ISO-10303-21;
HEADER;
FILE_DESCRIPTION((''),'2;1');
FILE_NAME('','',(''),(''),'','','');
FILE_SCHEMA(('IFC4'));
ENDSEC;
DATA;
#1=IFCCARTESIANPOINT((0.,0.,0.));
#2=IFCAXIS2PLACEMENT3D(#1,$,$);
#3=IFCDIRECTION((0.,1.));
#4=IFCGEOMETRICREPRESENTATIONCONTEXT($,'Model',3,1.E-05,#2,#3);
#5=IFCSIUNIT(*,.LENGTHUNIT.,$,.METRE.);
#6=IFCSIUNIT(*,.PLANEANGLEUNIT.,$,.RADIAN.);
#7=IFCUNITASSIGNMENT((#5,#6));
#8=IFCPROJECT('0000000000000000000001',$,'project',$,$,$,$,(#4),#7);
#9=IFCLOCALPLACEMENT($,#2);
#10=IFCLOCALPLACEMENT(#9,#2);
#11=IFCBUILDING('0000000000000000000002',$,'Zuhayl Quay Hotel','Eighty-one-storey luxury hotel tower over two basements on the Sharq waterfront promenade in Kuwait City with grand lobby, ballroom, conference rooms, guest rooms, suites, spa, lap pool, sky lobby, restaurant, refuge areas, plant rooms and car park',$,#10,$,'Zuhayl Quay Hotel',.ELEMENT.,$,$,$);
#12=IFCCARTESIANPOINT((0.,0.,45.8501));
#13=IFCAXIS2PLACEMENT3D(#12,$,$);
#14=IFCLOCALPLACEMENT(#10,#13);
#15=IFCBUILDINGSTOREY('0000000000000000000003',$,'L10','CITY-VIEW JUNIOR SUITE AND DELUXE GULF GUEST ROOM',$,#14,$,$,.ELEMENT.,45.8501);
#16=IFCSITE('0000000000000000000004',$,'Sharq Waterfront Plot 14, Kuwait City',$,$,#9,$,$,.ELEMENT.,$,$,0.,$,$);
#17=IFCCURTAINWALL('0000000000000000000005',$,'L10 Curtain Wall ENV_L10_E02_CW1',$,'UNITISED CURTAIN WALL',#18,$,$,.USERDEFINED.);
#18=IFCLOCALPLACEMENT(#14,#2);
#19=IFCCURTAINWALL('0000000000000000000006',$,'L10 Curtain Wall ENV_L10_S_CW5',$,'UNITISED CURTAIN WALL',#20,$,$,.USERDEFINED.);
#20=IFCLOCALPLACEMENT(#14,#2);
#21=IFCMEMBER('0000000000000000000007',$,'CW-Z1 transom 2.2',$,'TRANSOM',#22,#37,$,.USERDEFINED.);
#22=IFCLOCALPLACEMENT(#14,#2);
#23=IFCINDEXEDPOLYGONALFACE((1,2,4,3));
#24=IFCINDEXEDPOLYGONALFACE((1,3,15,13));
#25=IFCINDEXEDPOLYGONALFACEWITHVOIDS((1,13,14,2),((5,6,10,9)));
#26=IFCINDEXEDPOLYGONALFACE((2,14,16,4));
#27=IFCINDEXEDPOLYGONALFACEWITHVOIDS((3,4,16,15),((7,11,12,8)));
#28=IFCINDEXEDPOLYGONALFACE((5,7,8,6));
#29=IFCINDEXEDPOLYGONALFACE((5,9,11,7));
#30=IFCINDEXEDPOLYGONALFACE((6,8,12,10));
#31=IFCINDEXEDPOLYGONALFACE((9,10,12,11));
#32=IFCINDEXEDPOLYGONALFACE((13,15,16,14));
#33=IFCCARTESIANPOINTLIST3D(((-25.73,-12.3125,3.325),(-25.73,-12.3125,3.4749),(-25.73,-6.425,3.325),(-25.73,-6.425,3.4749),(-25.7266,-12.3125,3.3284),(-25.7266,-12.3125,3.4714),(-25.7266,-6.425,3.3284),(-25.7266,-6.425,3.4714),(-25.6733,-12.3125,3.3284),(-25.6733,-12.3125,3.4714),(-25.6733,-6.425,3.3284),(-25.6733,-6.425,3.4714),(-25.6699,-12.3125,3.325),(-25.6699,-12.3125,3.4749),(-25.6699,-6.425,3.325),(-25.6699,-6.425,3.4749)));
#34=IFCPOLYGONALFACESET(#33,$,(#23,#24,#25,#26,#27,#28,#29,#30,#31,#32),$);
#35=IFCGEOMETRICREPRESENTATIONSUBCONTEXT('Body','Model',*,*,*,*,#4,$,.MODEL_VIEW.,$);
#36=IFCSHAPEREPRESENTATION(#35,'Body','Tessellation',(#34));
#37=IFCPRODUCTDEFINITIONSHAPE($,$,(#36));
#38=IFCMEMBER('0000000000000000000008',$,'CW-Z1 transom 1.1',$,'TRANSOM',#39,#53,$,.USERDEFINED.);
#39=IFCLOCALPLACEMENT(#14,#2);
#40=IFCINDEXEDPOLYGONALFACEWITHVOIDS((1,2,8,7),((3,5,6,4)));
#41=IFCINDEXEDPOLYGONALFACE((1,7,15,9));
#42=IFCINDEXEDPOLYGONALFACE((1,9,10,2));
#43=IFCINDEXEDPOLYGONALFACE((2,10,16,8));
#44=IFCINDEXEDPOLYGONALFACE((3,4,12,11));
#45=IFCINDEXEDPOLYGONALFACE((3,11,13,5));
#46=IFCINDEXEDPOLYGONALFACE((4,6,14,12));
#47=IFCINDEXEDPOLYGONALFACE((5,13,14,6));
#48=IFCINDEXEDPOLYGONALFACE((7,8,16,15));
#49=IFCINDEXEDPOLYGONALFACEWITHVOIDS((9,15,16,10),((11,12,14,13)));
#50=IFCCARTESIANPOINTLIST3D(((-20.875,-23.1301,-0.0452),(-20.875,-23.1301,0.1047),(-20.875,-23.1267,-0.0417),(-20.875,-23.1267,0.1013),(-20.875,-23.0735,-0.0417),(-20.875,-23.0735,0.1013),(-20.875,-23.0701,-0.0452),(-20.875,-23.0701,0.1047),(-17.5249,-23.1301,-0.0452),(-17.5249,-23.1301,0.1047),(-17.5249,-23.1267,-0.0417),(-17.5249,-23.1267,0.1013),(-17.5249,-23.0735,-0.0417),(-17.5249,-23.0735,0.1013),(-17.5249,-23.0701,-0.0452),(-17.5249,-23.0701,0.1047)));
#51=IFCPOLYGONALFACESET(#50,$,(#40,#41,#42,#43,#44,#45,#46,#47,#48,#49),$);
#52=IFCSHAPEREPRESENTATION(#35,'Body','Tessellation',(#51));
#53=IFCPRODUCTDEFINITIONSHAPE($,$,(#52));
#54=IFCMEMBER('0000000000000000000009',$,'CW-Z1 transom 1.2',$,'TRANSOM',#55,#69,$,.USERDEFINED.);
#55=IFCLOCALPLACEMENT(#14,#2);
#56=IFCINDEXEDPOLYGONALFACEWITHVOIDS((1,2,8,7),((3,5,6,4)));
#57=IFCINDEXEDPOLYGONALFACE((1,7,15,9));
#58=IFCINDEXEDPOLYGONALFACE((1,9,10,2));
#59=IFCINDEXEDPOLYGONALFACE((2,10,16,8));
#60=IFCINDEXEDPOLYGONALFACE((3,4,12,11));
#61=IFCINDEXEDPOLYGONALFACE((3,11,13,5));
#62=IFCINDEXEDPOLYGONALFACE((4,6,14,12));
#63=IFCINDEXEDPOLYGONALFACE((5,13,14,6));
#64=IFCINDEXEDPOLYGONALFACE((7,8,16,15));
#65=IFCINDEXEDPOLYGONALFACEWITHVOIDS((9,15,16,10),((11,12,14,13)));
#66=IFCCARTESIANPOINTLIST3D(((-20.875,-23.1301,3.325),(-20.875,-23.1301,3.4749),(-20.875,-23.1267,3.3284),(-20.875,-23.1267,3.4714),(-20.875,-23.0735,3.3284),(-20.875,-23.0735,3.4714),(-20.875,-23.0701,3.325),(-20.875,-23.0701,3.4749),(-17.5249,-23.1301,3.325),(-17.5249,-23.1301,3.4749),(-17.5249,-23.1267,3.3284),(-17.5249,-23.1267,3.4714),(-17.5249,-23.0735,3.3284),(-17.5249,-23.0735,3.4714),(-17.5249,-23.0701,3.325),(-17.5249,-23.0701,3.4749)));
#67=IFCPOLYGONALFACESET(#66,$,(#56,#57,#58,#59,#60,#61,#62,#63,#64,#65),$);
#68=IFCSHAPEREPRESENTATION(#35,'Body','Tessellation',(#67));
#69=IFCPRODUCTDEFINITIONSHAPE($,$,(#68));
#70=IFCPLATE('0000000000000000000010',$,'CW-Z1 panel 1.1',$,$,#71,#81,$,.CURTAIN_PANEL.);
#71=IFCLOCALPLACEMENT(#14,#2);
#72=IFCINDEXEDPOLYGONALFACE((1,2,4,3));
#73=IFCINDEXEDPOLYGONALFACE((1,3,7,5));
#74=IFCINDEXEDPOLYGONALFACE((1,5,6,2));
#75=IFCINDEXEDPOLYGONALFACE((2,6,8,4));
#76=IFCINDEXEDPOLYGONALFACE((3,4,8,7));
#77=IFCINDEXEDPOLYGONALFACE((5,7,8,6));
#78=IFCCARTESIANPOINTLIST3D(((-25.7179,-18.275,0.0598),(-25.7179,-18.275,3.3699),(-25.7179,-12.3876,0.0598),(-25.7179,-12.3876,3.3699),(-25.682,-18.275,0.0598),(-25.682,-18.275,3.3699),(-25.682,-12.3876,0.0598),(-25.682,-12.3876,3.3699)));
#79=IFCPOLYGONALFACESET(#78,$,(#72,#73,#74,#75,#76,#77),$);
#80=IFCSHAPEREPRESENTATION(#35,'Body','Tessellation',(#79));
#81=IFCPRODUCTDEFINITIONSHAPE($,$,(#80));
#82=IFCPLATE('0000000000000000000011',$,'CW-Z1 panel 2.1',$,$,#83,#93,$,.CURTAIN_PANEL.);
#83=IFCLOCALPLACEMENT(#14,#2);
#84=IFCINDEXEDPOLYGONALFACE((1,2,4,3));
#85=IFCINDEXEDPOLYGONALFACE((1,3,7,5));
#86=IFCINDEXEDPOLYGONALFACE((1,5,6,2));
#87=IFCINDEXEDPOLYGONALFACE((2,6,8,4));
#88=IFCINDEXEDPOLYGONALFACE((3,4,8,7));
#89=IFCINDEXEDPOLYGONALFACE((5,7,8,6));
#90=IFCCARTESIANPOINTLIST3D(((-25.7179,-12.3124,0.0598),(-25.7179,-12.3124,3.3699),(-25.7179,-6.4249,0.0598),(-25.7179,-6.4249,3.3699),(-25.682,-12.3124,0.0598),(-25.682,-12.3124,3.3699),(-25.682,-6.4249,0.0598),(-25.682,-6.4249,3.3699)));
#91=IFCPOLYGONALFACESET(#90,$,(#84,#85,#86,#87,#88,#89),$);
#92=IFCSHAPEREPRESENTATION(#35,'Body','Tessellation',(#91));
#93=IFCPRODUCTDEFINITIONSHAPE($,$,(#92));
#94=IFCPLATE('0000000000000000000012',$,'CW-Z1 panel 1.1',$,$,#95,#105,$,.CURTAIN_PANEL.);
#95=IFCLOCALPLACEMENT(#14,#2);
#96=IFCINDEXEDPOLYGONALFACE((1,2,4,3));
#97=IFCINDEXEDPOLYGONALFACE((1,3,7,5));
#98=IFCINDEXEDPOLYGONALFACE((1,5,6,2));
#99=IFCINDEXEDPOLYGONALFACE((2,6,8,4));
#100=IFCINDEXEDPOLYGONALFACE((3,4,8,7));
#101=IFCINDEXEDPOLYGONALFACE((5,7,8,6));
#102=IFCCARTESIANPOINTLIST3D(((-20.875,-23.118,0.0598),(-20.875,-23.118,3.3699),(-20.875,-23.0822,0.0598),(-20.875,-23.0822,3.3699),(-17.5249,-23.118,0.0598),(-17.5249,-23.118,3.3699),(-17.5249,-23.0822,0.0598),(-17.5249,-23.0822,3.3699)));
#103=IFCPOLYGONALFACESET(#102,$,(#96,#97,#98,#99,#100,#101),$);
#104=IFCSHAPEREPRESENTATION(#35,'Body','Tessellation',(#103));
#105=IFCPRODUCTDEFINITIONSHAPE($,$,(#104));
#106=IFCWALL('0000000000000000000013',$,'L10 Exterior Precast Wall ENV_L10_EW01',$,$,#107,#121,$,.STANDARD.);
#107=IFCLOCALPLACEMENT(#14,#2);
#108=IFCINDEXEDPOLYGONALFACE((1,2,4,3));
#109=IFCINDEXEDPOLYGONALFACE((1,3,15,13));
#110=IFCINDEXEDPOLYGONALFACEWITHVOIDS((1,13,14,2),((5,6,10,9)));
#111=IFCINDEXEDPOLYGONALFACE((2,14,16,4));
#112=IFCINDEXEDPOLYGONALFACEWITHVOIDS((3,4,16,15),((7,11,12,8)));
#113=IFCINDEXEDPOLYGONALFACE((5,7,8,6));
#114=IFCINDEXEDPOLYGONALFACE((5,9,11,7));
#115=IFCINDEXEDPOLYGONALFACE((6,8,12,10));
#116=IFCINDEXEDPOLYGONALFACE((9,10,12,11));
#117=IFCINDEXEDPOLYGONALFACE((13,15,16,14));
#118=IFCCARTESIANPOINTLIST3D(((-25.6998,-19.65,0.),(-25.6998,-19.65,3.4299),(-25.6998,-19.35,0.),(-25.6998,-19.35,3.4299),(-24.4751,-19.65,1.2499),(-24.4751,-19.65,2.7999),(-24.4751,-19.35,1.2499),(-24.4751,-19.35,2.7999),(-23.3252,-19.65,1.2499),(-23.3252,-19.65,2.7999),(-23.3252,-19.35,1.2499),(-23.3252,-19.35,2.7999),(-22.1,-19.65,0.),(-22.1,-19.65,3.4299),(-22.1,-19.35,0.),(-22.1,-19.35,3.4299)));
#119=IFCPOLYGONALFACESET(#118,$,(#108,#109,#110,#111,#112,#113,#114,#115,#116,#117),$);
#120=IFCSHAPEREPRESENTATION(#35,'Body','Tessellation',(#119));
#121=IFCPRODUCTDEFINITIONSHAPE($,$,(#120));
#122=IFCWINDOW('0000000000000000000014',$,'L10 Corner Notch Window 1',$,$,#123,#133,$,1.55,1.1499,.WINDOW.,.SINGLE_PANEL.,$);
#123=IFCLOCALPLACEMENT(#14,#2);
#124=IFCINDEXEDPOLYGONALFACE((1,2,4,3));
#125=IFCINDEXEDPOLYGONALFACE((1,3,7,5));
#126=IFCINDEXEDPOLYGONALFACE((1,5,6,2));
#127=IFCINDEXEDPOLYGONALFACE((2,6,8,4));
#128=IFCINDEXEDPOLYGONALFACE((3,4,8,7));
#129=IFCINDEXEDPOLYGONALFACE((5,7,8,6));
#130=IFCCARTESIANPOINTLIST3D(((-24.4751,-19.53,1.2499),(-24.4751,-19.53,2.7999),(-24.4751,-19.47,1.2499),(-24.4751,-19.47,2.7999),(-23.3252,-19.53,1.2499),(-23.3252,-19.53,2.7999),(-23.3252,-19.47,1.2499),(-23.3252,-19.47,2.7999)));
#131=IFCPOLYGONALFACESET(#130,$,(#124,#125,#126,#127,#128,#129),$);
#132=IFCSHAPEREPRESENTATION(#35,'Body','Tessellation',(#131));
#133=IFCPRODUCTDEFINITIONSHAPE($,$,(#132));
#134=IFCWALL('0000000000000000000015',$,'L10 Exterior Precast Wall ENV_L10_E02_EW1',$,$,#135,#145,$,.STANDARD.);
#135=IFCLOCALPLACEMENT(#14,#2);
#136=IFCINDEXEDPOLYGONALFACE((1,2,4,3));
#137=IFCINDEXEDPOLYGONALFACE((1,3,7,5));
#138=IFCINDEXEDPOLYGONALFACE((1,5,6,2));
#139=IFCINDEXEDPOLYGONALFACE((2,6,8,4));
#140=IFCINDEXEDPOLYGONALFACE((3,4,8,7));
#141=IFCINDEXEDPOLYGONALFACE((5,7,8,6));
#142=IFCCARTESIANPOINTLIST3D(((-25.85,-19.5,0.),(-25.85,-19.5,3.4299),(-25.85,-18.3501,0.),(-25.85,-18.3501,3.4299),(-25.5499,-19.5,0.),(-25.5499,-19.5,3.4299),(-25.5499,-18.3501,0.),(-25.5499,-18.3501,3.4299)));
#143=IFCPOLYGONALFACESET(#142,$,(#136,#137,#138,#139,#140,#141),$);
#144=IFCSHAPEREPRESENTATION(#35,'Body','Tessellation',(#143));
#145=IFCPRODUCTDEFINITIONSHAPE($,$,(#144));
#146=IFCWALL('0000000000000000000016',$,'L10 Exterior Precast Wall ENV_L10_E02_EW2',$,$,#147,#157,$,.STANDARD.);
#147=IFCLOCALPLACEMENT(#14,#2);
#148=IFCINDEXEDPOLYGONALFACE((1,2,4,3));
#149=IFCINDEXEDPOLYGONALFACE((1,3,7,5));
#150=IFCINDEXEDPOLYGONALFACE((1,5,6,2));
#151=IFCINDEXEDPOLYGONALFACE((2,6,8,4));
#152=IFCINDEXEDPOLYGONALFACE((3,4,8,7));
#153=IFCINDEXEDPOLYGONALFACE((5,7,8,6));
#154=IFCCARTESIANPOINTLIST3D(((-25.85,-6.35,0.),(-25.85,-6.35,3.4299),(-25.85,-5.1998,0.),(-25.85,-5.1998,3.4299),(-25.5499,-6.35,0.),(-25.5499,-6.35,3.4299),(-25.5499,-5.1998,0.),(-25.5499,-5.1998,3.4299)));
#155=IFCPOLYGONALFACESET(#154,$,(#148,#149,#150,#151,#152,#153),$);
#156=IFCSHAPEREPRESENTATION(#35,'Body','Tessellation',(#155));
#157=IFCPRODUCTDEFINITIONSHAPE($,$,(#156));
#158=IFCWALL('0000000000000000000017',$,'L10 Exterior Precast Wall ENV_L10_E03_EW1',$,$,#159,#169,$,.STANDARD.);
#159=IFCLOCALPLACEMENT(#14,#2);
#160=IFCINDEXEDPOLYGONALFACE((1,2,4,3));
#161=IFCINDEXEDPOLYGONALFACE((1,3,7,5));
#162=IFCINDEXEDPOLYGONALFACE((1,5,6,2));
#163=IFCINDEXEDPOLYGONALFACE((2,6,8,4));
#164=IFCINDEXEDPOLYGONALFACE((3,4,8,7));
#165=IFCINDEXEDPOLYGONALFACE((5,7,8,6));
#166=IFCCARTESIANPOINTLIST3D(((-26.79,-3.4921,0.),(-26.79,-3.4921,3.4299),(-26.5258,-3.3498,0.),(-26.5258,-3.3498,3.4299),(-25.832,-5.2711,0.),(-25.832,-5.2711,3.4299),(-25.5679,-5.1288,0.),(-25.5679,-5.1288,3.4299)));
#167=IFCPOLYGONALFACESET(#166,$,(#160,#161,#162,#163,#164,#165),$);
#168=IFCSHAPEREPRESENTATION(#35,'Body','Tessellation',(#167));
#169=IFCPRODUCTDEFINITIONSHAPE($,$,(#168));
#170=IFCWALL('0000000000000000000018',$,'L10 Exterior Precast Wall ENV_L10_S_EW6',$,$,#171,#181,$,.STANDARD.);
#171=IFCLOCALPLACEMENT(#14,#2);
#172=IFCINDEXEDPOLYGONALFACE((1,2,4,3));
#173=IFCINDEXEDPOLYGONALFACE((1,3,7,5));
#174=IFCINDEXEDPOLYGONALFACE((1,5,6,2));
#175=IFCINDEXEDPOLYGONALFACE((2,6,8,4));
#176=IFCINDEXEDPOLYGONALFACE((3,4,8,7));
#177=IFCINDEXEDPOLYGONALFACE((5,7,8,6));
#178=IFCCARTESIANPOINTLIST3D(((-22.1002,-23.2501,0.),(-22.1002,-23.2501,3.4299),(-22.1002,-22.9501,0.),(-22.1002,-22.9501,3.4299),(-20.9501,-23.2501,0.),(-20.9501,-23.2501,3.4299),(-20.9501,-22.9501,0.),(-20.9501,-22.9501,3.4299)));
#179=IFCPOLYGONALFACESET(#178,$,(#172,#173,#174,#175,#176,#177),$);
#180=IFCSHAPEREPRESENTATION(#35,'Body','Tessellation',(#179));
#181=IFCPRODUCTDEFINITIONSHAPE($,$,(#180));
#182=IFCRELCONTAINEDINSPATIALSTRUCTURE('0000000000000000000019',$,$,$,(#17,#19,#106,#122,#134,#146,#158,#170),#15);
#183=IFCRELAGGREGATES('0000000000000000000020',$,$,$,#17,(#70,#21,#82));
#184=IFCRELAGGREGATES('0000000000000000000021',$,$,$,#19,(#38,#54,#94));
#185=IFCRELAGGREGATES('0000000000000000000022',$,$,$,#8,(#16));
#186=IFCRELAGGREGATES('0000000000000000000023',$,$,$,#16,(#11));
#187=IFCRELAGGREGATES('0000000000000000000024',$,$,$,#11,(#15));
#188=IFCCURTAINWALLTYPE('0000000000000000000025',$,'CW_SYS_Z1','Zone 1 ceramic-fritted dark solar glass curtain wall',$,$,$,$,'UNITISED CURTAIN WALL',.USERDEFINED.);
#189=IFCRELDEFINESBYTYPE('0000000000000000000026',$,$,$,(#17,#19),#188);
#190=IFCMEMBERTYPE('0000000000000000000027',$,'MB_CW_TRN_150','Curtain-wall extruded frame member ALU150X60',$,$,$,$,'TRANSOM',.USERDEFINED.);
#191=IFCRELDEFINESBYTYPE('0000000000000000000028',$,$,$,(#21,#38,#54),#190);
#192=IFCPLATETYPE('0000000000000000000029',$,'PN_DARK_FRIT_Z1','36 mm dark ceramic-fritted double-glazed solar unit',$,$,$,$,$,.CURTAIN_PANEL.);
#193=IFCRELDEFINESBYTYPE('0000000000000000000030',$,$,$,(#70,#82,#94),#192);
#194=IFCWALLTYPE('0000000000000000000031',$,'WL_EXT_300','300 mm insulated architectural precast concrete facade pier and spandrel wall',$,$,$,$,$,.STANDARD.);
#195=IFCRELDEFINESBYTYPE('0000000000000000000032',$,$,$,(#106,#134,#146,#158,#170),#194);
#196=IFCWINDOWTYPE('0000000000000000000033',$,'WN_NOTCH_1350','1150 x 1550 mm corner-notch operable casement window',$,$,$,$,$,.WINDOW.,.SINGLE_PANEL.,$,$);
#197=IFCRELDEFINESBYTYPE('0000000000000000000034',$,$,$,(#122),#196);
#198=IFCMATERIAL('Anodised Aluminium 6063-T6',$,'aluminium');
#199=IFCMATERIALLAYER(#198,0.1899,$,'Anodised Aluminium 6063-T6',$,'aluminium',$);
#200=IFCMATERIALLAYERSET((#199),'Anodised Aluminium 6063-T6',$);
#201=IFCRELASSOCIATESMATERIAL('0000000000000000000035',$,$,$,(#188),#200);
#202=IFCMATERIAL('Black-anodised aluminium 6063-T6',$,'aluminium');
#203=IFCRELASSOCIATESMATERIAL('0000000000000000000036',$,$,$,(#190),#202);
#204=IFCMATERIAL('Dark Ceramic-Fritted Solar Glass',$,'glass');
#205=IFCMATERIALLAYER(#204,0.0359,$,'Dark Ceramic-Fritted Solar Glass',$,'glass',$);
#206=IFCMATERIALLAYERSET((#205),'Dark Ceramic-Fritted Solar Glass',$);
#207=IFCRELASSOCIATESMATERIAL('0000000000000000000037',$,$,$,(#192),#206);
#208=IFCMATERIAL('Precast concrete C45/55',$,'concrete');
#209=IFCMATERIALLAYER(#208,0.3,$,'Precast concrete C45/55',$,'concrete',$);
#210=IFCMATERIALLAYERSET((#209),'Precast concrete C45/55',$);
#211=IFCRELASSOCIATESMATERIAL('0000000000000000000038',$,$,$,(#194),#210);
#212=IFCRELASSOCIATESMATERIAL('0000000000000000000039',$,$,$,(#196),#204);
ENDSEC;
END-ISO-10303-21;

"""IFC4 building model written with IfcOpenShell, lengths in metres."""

from ifc_helpers import new_model, si_unit, direction, frame, frame_2d, origin, origin_2d, place, context, subcontext, project, spatial, rectangle, hollow_rectangle, extrude, material, layer, layer_set, material_profile, profile_set, type_object, element, fill, aggregate, save


model = new_model("IFC4")

# Units and contexts
model_context = context("Model", 3, precision=1e-05, world=origin(), true_north=direction((0.0, 1.0)))
body_context = subcontext(model_context, "Body", "Model", "MODEL_VIEW")
ifc_project = project(units=[si_unit("LENGTHUNIT", "METRE"), si_unit("PLANEANGLEUNIT", "RADIAN")], contexts=[model_context])

# Site, building, storey
site_placement = place(None, origin())
site = spatial("IfcSite", under=ifc_project, at=site_placement, Name="Sharq Waterfront Plot 14, Kuwait City", CompositionType="ELEMENT", RefElevation=0.0)
building_placement = place(site_placement, origin())
building = spatial("IfcBuilding", under=site, at=building_placement, Name="Zuhayl Quay Hotel", Description="Eighty-one-storey luxury hotel tower over two basements on the Sharq waterfront promenade in Kuwait City with grand lobby, ballroom, conference rooms, guest rooms, suites, spa, lap pool, sky lobby, restaurant, refuge areas, plant rooms and car park", LongName="Zuhayl Quay Hotel", CompositionType="ELEMENT")
storey_placement = place(building_placement, frame((0.0, 0.0, 45.8501)))
storey = spatial("IfcBuildingStorey", under=building, at=storey_placement, Name="L10", Description="CITY-VIEW JUNIOR SUITE AND DELUXE GULF GUEST ROOM", CompositionType="ELEMENT", Elevation=45.8501)

# Curtain walls
ifc_material_1 = material(Name="Anodised Aluminium 6063-T6", Category="aluminium")
ifc_layer_1 = layer(ifc_material_1, 0.1899, Name="Anodised Aluminium 6063-T6", Category="aluminium")
ifc_layer_set_1 = layer_set([ifc_layer_1], Name="Anodised Aluminium 6063-T6")
curtain_wall_type = type_object("IfcCurtainWallType", Name="CW_SYS_Z1", Description="Zone 1 ceramic-fritted dark solar glass curtain wall", ElementType="UNITISED CURTAIN WALL", PredefinedType="USERDEFINED", material=ifc_layer_set_1)
curtain_wall_1_placement = place(storey_placement, origin())
curtain_wall_1 = element("IfcCurtainWall", 1, at=curtain_wall_1_placement, inside=storey, type_object=curtain_wall_type, Name="L10 Curtain Wall ENV_L10_E02_CW1", ObjectType="UNITISED CURTAIN WALL", PredefinedType="USERDEFINED")
ifc_material_2 = material(Name="Black-anodised aluminium 6063-T6", Category="aluminium")
curtain_wall_2_placement = place(storey_placement, origin())
curtain_wall_2 = element("IfcCurtainWall", 2, at=curtain_wall_2_placement, inside=storey, type_object=curtain_wall_type, Name="L10 Curtain Wall ENV_L10_S_CW5", ObjectType="UNITISED CURTAIN WALL", PredefinedType="USERDEFINED")

# Members
ifc_material_profile_1 = material_profile(ifc_material_2, hollow_rectangle(XDim=0.0601, YDim=0.1499, WallThickness=0.0034, at=origin_2d()), Name="ALU150X60")
ifc_profile_set_1 = profile_set([ifc_material_profile_1], Name="Black-anodised aluminium 6063-T6")
member_type_1 = type_object("IfcMemberType", Name="MB_CW_TRN_150", Description="Curtain-wall extruded frame member ALU150X60", ElementType="TRANSOM", PredefinedType="USERDEFINED", material=ifc_profile_set_1)
member_1_placement = place(storey_placement, frame((-25.7, -12.3125, 3.3999), z_axis=(0.0, 1.0, 0.0), x_axis=(-1.0, 0.0, 0.0)))
member_1 = element("IfcMember", 3, at=member_1_placement, type_object=member_type_1, Name="CW-Z1 transom 2.2", ObjectType="TRANSOM", PredefinedType="USERDEFINED", context=body_context, shape_type="SweptSolid", body=[
    extrude(hollow_rectangle(XDim=0.0601, YDim=0.1499, WallThickness=0.0034, at=origin_2d()), origin(), (0.0, 0.0, 1.0), 5.8875),
])
member_2_placement = place(storey_placement, frame((-17.5249, -23.1001, 0.0298), z_axis=(-1.0, 0.0, 0.0), x_axis=(0.0, -1.0, 0.0)))
member_2 = element("IfcMember", 4, at=member_2_placement, type_object=member_type_1, Name="CW-Z1 transom 1.1", ObjectType="TRANSOM", PredefinedType="USERDEFINED", context=body_context, shape_type="SweptSolid", body=[
    extrude(hollow_rectangle(XDim=0.0601, YDim=0.1499, WallThickness=0.0034, at=origin_2d()), origin(), (0.0, 0.0, 1.0), 3.3501),
])
member_3_placement = place(storey_placement, frame((-17.5249, -23.1001, 3.3999), z_axis=(-1.0, 0.0, 0.0), x_axis=(0.0, -1.0, 0.0)))
member_3 = element("IfcMember", 5, at=member_3_placement, type_object=member_type_1, Name="CW-Z1 transom 1.2", ObjectType="TRANSOM", PredefinedType="USERDEFINED", context=body_context, shape_type="SweptSolid", body=[
    extrude(hollow_rectangle(XDim=0.0601, YDim=0.1499, WallThickness=0.0034, at=origin_2d()), origin(), (0.0, 0.0, 1.0), 3.3501),
])

# Plates
ifc_material_3 = material(Name="Dark Ceramic-Fritted Solar Glass", Category="glass")
ifc_layer_2 = layer(ifc_material_3, 0.0359, Name="Dark Ceramic-Fritted Solar Glass", Category="glass")
ifc_layer_set_2 = layer_set([ifc_layer_2], Name="Dark Ceramic-Fritted Solar Glass")
plate_type = type_object("IfcPlateType", Name="PN_DARK_FRIT_Z1", Description="36 mm dark ceramic-fritted double-glazed solar unit", PredefinedType="CURTAIN_PANEL", material=ifc_layer_set_2)
plate_1_placement = place(storey_placement, frame((-25.7, -15.3313, 0.0598), z_axis=(0.0, 0.0, 1.0), x_axis=(0.0, 1.0, 0.0)))
plate_1 = element("IfcPlate", 6, at=plate_1_placement, type_object=plate_type, Name="CW-Z1 panel 1.1", PredefinedType="CURTAIN_PANEL", context=body_context, shape_type="SweptSolid", body=[
    extrude(rectangle(XDim=5.8875, YDim=0.0359, at=origin_2d()), origin(), (0.0, 0.0, 1.0), 3.3101),
])
plate_2_placement = place(storey_placement, frame((-25.7, -9.3687, 0.0598), z_axis=(0.0, 0.0, 1.0), x_axis=(0.0, 1.0, 0.0)))
plate_2 = element("IfcPlate", 7, at=plate_2_placement, type_object=plate_type, Name="CW-Z1 panel 2.1", PredefinedType="CURTAIN_PANEL", context=body_context, shape_type="SweptSolid", body=[
    extrude(rectangle(XDim=5.8875, YDim=0.0359, at=origin_2d()), origin(), (0.0, 0.0, 1.0), 3.3101),
])
aggregate(curtain_wall_1, [plate_1, member_1, plate_2])
plate_3_placement = place(storey_placement, frame((-19.2, -23.1001, 0.0598), z_axis=(0.0, 0.0, 1.0), x_axis=(-1.0, 0.0, 0.0)))
plate_3 = element("IfcPlate", 8, at=plate_3_placement, type_object=plate_type, Name="CW-Z1 panel 1.1", PredefinedType="CURTAIN_PANEL", context=body_context, shape_type="SweptSolid", body=[
    extrude(rectangle(XDim=3.3501, YDim=0.0359, at=origin_2d()), origin(), (0.0, 0.0, 1.0), 3.3101),
])
aggregate(curtain_wall_2, [member_2, member_3, plate_3])

# Wall, opening, window
ifc_material_4 = material(Name="Precast concrete C45/55", Category="concrete")
ifc_layer_3 = layer(ifc_material_4, 0.3, Name="Precast concrete C45/55", Category="concrete")
ifc_layer_set_3 = layer_set([ifc_layer_3], Name="Precast concrete C45/55")
wall_type_1 = type_object("IfcWallType", Name="WL_EXT_300", Description="300 mm insulated architectural precast concrete facade pier and spandrel wall", PredefinedType="STANDARD", material=ifc_layer_set_3)
wall_1_placement = place(storey_placement, frame((-22.1001, -19.5, 0.0), z_axis=(0.0, 0.0, 1.0), x_axis=(-1.0, 0.0, 0.0)))
wall_1 = element("IfcWall", 9, at=wall_1_placement, inside=storey, type_object=wall_type_1, Name="L10 Exterior Precast Wall ENV_L10_EW01", PredefinedType="STANDARD", context=body_context, shape_type="SweptSolid", body=[
    extrude(rectangle(XDim=3.5999, YDim=0.3, at=frame_2d((1.7998, 0.0))), origin(), (0.0, 0.0, 1.0), 3.4299),
])
opening_1_placement = place(wall_1_placement, frame((1.2251, 0.0, 1.25)))
opening_1 = element("IfcOpeningElement", 10, at=opening_1_placement, cuts=wall_1, PredefinedType="OPENING", context=body_context, shape_type="SweptSolid", body=[
    extrude(rectangle(XDim=1.1499, YDim=1.55, at=frame_2d((0.575, 0.7749))), frame((0.0, 0.1599, 0.0), z_axis=(0.0, -1.0, 0.0), x_axis=(1.0, 0.0, 0.0)), (0.0, 0.0, 1.0), 0.3201),
])
window_type = type_object("IfcWindowType", Name="WN_NOTCH_1350", Description="1150 x 1550 mm corner-notch operable casement window", PartitioningType="SINGLE_PANEL", PredefinedType="WINDOW", material=ifc_material_3)
window_1_placement = place(opening_1_placement, origin())
window_1 = element("IfcWindow", 11, at=window_1_placement, inside=storey, type_object=window_type, Name="L10 Corner Notch Window 1", OverallHeight=1.55, OverallWidth=1.1499, PartitioningType="SINGLE_PANEL", PredefinedType="WINDOW", context=body_context, shape_type="SweptSolid", body=[
    extrude(rectangle(XDim=1.1499, YDim=1.55, at=frame_2d((0.575, 0.7749))), frame((0.0, 0.03, 0.0), z_axis=(0.0, -1.0, 0.0), x_axis=(1.0, 0.0, 0.0)), (0.0, 0.0, 1.0), 0.0601),
])
fill(opening_1, window_1)

# Walls
wall_2_placement = place(storey_placement, frame((-25.7, -19.5, 0.0), z_axis=(0.0, 0.0, 1.0), x_axis=(0.0, 1.0, 0.0)))
element("IfcWall", 12, at=wall_2_placement, inside=storey, type_object=wall_type_1, Name="L10 Exterior Precast Wall ENV_L10_E02_EW1", PredefinedType="STANDARD", context=body_context, shape_type="SweptSolid", body=[
    extrude(rectangle(XDim=1.1499, YDim=0.3, at=frame_2d((0.575, 0.0))), origin(), (0.0, 0.0, 1.0), 3.4299),
])
wall_3_placement = place(storey_placement, frame((-25.7, -6.3501, 0.0), z_axis=(0.0, 0.0, 1.0), x_axis=(0.0, 1.0, 0.0)))
element("IfcWall", 13, at=wall_3_placement, inside=storey, type_object=wall_type_1, Name="L10 Exterior Precast Wall ENV_L10_E02_EW2", PredefinedType="STANDARD", context=body_context, shape_type="SweptSolid", body=[
    extrude(rectangle(XDim=1.1501, YDim=0.3, at=frame_2d((0.5752, 0.0))), origin(), (0.0, 0.0, 1.0), 3.4299),
])
wall_4_placement = place(storey_placement, frame((-25.7, -5.2, 0.0), z_axis=(0.0, 0.0, 1.0), x_axis=(-0.474121, 0.880459, 0.0)))
element("IfcWall", 14, at=wall_4_placement, inside=storey, type_object=wall_type_1, Name="L10 Exterior Precast Wall ENV_L10_E03_EW1", PredefinedType="STANDARD", context=body_context, shape_type="SweptSolid", body=[
    extrude(rectangle(XDim=2.0205, YDim=0.3, at=frame_2d((1.0103, 0.0))), origin(), (0.0, 0.0, 1.0), 3.4299),
])
wall_5_placement = place(storey_placement, frame((-20.95, -23.1001, 0.0), z_axis=(0.0, 0.0, 1.0), x_axis=(-1.0, 0.0, 0.0)))
element("IfcWall", 15, at=wall_5_placement, inside=storey, type_object=wall_type_1, Name="L10 Exterior Precast Wall ENV_L10_S_EW6", PredefinedType="STANDARD", context=body_context, shape_type="SweptSolid", body=[
    extrude(rectangle(XDim=1.1501, YDim=0.3, at=frame_2d((0.5752, 0.0))), origin(), (0.0, 0.0, 1.0), 3.4299),
])

save(model, "model.ifc")
